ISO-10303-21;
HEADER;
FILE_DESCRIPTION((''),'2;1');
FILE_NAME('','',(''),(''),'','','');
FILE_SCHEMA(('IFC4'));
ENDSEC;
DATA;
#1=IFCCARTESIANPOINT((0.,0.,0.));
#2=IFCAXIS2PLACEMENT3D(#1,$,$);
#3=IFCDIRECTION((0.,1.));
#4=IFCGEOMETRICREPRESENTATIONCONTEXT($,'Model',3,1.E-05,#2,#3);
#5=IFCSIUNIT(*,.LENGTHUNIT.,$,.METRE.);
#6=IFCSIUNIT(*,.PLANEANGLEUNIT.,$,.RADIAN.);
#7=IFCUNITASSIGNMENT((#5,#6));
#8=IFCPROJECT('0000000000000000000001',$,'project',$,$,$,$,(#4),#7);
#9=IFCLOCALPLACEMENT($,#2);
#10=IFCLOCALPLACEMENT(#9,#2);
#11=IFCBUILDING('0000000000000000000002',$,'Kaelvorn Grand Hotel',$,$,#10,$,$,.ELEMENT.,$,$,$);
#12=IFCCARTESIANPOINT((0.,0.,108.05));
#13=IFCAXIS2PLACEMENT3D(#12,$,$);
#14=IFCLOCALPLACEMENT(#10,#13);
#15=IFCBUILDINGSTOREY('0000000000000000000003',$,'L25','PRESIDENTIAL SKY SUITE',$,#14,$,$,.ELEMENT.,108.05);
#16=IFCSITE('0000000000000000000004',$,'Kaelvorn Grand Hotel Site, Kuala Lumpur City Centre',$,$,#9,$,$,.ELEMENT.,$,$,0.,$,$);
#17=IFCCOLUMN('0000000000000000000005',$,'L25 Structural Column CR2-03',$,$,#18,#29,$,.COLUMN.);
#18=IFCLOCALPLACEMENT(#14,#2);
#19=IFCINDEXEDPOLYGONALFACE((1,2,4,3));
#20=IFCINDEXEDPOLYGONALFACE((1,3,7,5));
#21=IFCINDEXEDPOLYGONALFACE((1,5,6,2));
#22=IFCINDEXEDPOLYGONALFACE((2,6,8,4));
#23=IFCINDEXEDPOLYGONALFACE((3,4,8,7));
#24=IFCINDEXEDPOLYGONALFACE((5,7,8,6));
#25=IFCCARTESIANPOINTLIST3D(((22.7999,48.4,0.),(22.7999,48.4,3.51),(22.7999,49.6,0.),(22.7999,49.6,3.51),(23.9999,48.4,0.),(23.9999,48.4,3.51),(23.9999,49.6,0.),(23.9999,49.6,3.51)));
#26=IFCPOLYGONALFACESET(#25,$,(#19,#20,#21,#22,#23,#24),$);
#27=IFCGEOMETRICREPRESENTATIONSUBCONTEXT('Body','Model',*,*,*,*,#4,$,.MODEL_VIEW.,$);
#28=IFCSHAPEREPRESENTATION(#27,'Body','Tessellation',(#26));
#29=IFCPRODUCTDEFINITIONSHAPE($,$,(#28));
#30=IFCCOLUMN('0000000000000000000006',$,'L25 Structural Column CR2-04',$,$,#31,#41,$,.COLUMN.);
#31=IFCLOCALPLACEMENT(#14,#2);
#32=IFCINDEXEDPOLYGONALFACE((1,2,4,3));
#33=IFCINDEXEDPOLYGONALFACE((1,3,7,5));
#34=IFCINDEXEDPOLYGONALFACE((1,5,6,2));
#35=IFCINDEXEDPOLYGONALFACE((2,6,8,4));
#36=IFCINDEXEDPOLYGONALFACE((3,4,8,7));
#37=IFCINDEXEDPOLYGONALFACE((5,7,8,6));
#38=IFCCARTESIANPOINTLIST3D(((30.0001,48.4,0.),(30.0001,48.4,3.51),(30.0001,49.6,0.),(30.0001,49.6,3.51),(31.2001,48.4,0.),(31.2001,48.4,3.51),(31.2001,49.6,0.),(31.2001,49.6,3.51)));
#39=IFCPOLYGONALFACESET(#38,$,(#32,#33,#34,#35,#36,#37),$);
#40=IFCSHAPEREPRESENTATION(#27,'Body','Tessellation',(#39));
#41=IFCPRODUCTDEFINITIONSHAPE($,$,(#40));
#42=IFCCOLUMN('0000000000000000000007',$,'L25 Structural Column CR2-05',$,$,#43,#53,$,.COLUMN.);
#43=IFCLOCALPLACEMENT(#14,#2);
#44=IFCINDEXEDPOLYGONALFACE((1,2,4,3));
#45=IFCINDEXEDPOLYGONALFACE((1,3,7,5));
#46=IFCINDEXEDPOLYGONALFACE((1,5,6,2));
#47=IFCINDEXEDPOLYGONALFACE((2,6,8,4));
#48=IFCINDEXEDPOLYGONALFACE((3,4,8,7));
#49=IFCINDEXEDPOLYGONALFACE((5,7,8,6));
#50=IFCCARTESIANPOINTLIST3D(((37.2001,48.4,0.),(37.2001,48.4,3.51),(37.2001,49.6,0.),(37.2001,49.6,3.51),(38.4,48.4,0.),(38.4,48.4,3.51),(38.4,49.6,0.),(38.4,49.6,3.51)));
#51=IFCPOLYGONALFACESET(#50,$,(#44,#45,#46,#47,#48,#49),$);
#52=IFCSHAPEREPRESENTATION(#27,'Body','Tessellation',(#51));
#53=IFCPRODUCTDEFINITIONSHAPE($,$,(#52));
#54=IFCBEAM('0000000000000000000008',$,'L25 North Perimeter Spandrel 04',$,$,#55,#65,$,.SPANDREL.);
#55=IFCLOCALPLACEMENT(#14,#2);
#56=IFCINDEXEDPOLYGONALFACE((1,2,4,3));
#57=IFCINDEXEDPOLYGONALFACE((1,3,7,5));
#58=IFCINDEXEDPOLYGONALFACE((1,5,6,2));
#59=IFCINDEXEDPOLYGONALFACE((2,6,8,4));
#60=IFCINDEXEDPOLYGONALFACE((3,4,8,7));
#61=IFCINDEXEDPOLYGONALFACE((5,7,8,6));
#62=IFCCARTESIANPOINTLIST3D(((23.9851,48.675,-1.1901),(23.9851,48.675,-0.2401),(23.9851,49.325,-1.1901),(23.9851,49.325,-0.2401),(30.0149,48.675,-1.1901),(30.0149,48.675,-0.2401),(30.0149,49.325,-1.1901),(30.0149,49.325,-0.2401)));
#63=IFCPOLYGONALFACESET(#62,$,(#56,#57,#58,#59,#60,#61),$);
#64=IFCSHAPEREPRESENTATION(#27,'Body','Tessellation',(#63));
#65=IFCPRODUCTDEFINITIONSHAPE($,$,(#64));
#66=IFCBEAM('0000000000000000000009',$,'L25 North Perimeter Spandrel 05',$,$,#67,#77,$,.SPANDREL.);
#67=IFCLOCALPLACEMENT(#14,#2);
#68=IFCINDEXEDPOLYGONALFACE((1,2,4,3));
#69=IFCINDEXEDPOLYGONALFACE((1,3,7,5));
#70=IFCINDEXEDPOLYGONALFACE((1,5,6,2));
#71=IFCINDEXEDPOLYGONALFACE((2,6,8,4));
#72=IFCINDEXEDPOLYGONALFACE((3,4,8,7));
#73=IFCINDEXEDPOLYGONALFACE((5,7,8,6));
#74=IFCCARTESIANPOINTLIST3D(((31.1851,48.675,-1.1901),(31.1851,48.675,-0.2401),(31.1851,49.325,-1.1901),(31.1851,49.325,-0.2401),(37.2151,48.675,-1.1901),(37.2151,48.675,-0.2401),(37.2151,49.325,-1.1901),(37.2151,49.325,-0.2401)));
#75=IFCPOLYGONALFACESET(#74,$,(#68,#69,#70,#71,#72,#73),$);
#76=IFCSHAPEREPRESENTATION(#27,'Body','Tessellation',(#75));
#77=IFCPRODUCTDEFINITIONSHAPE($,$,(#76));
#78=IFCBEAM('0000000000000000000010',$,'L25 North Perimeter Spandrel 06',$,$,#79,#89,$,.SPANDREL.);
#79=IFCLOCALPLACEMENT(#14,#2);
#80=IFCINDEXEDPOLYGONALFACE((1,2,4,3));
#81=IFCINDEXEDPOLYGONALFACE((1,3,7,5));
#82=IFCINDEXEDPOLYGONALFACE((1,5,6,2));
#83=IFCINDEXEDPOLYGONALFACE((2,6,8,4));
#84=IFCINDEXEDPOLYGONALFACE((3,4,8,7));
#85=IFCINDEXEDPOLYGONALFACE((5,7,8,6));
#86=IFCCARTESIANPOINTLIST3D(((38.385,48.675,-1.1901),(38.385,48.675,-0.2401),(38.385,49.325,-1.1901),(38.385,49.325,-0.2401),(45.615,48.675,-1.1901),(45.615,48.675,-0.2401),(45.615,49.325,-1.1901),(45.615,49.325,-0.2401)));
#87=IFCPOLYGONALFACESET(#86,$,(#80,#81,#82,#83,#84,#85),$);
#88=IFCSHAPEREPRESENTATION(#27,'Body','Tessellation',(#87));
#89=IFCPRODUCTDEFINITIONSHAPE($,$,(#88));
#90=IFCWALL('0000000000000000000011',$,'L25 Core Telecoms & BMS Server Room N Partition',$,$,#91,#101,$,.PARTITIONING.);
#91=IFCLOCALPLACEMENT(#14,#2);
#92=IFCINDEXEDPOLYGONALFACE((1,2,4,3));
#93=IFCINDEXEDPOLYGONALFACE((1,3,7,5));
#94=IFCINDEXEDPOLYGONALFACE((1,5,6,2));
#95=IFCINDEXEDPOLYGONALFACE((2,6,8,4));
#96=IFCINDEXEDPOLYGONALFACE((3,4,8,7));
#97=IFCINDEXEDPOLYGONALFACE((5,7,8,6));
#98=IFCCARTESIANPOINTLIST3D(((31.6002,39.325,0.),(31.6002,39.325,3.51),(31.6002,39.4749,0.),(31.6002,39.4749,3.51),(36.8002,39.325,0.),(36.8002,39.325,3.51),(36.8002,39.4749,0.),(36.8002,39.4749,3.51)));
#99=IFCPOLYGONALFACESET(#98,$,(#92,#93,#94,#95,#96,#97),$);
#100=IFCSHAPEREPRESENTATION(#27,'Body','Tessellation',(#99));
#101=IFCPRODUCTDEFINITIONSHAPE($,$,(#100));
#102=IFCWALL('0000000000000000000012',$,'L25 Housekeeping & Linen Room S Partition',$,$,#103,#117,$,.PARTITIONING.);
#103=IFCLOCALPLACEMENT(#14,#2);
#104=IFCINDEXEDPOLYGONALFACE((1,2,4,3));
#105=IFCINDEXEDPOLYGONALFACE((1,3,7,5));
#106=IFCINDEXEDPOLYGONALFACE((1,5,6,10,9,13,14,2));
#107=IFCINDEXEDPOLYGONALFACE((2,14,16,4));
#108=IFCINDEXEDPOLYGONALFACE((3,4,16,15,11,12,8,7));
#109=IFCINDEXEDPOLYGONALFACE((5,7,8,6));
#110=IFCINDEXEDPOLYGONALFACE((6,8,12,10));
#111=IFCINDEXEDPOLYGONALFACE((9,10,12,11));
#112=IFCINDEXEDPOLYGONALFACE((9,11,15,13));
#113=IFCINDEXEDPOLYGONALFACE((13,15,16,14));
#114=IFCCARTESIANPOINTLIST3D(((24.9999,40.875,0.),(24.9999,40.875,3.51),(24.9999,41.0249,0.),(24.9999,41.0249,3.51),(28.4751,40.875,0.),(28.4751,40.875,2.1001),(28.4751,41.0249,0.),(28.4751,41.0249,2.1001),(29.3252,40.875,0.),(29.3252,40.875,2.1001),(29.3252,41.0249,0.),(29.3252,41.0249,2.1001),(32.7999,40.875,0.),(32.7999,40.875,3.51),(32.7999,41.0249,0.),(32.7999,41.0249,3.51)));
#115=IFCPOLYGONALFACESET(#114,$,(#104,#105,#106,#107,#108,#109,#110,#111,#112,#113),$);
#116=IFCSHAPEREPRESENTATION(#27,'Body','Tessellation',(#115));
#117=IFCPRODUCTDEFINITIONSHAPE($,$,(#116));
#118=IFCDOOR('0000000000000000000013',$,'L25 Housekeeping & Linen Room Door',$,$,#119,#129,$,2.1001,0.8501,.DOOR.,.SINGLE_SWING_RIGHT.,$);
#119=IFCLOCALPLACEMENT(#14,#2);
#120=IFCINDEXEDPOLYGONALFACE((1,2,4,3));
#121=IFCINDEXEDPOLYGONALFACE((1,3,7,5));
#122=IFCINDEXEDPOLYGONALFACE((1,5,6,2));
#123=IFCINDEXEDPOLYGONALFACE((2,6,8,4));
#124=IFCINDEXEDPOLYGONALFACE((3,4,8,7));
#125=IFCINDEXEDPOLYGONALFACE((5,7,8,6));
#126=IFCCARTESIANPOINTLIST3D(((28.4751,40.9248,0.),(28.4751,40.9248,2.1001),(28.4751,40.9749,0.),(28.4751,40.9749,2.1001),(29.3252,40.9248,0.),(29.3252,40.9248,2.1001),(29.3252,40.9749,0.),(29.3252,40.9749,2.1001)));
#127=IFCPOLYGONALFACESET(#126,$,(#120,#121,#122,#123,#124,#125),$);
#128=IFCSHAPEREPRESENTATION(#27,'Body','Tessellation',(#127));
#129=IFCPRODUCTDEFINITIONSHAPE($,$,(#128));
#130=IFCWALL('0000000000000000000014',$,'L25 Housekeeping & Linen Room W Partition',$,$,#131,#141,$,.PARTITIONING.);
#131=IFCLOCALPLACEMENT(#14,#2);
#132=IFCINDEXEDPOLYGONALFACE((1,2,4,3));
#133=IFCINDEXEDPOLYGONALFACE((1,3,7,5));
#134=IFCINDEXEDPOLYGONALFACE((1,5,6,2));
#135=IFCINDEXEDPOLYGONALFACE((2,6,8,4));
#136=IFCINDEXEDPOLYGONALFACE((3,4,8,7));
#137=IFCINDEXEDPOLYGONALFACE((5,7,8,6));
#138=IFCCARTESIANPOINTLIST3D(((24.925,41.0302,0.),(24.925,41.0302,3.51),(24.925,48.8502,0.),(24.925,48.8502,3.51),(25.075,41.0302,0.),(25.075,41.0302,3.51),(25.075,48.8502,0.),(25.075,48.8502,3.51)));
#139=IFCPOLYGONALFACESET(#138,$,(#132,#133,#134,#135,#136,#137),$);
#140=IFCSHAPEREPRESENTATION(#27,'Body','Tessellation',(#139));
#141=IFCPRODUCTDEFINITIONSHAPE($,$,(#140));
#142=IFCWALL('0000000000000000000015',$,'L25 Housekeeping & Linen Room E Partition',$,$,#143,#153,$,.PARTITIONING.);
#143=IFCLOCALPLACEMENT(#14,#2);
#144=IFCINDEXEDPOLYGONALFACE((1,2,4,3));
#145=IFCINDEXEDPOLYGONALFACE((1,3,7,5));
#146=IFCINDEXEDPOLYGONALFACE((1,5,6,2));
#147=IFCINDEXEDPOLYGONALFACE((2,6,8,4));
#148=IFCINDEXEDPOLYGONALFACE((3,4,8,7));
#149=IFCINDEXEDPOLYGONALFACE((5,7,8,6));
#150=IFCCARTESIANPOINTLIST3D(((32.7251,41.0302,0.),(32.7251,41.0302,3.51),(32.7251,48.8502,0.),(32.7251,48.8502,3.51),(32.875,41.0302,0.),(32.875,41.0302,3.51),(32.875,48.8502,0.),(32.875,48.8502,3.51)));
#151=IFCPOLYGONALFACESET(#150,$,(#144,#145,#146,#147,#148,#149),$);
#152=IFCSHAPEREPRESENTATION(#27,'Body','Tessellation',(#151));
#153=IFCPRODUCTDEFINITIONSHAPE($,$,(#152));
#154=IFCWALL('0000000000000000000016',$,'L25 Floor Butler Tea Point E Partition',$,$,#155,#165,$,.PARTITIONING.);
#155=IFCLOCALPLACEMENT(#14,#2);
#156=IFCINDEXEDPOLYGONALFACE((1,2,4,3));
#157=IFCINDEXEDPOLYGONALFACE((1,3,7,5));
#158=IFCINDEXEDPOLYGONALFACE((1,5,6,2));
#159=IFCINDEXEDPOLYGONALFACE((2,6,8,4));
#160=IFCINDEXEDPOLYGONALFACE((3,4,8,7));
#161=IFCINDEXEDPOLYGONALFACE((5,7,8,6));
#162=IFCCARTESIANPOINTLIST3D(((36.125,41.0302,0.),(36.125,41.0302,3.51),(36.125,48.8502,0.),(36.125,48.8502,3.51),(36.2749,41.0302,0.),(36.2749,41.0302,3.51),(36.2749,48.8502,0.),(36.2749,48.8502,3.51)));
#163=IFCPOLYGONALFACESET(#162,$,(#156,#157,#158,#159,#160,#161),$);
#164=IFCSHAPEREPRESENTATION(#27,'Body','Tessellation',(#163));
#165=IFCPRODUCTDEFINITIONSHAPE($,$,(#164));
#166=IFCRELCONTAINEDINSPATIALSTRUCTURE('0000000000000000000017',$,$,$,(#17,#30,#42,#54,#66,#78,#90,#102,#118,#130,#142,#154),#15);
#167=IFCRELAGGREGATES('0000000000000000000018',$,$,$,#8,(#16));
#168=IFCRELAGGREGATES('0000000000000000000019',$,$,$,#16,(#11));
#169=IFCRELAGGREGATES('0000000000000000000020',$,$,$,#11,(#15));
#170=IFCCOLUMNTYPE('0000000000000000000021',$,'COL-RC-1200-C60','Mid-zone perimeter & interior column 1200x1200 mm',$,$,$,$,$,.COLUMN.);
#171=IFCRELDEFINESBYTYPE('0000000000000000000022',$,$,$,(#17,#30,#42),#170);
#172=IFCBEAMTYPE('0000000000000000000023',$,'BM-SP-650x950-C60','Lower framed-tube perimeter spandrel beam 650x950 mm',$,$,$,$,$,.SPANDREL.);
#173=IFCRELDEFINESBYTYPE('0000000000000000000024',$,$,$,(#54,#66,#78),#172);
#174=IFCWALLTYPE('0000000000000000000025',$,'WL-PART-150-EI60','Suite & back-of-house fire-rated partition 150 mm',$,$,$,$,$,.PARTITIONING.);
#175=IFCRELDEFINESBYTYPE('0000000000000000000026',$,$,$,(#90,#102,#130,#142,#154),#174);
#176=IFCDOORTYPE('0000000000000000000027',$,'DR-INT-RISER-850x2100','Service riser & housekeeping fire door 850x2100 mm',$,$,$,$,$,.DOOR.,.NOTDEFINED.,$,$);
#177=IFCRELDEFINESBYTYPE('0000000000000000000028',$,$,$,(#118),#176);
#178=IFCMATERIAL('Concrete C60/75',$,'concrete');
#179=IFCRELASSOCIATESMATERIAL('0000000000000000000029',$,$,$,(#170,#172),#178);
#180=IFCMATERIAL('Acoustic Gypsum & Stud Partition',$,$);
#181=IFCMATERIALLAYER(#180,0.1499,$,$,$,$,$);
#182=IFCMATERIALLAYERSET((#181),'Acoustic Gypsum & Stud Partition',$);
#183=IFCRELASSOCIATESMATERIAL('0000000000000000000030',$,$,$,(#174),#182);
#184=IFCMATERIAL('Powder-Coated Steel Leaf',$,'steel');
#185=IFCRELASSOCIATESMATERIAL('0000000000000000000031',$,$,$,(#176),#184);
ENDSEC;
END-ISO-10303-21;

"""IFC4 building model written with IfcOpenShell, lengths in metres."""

from ifc_helpers import new_model, si_unit, direction, frame, frame_2d, origin, origin_2d, place, context, subcontext, project, spatial, rectangle, extrude, material, layer, layer_set, material_profile, profile_set, type_object, element, fill, save


model = new_model("IFC4")

# Units and contexts
model_context = context("Model", 3, precision=1e-05, world=origin(), true_north=direction((0.0, 1.0)))
body_context = subcontext(model_context, "Body", "Model", "MODEL_VIEW")
ifc_project = project(units=[si_unit("LENGTHUNIT", "METRE"), si_unit("PLANEANGLEUNIT", "RADIAN")], contexts=[model_context])

# Site, building, storey
site_placement = place(None, origin())
site = spatial("IfcSite", under=ifc_project, at=site_placement, Name="Kaelvorn Grand Hotel Site, Kuala Lumpur City Centre", CompositionType="ELEMENT", RefElevation=0.0)
building_placement = place(site_placement, origin())
building = spatial("IfcBuilding", under=site, at=building_placement, Name="Kaelvorn Grand Hotel", CompositionType="ELEMENT")
storey_placement = place(building_placement, frame((0.0, 0.0, 108.05)))
storey = spatial("IfcBuildingStorey", under=building, at=storey_placement, Name="L25", Description="PRESIDENTIAL SKY SUITE", CompositionType="ELEMENT", Elevation=108.05)

# Columns
ifc_material_1 = material(Name="Concrete C60/75", Category="concrete")
ifc_material_profile_1 = material_profile(ifc_material_1, rectangle(XDim=1.2, YDim=1.2, at=origin_2d()), Name="RC COL 1200x1200")
ifc_profile_set_1 = profile_set([ifc_material_profile_1], Name="Concrete C60/75")
column_type = type_object("IfcColumnType", Name="COL-RC-1200-C60", Description="Mid-zone perimeter & interior column 1200x1200 mm", PredefinedType="COLUMN", material=ifc_profile_set_1)
for number, where, z_axis, x_axis, name in (
    (1, (23.3999, 49.0, 0.0), (0.0, 0.0, 1.0), (1.0, 0.0, 0.0), "L25 Structural Column CR2-03"),
    (2, (30.6001, 49.0, 0.0), (0.0, 0.0, 1.0), (1.0, 0.0, 0.0), "L25 Structural Column CR2-04"),
    (3, (37.8, 49.0, 0.0), (0.0, 0.0, 1.0), (1.0, 0.0, 0.0), "L25 Structural Column CR2-05"),
):
    element("IfcColumn", number, at=place(storey_placement, frame(where, z_axis=z_axis, x_axis=x_axis)), inside=storey, type_object=column_type, Name=name, PredefinedType="COLUMN", context=body_context, shape_type="SweptSolid", body=[
        extrude(rectangle(XDim=1.2, YDim=1.2, at=origin_2d()), origin(), (0.0, 0.0, 1.0), 3.51),
    ])

# Beams
ifc_material_profile_2 = material_profile(ifc_material_1, rectangle(XDim=0.6499, YDim=0.95, at=origin_2d()), Name="RC SPANDREL 650x950")
ifc_profile_set_2 = profile_set([ifc_material_profile_2], Name="Concrete C60/75")
beam_type = type_object("IfcBeamType", Name="BM-SP-650x950-C60", Description="Lower framed-tube perimeter spandrel beam 650x950 mm", PredefinedType="SPANDREL", material=ifc_profile_set_2)
beam_1_placement = place(storey_placement, frame((23.9851, 49.0, -0.7151), z_axis=(1.0, 0.0, 0.0), x_axis=(0.0, 1.0, 0.0)))
element("IfcBeam", 4, at=beam_1_placement, inside=storey, type_object=beam_type, Name="L25 North Perimeter Spandrel 04", PredefinedType="SPANDREL", context=body_context, shape_type="SweptSolid", body=[
    extrude(rectangle(XDim=0.6499, YDim=0.95, at=origin_2d()), origin(), (0.0, 0.0, 1.0), 6.0298),
])
beam_2_placement = place(storey_placement, frame((31.1851, 49.0, -0.7151), z_axis=(1.0, 0.0, 0.0), x_axis=(0.0, 1.0, 0.0)))
element("IfcBeam", 5, at=beam_2_placement, inside=storey, type_object=beam_type, Name="L25 North Perimeter Spandrel 05", PredefinedType="SPANDREL", context=body_context, shape_type="SweptSolid", body=[
    extrude(rectangle(XDim=0.6499, YDim=0.95, at=origin_2d()), origin(), (0.0, 0.0, 1.0), 6.03),
])
beam_3_placement = place(storey_placement, frame((38.385, 49.0, -0.7151), z_axis=(1.0, 0.0, 0.0), x_axis=(0.0, 1.0, 0.0)))
element("IfcBeam", 6, at=beam_3_placement, inside=storey, type_object=beam_type, Name="L25 North Perimeter Spandrel 06", PredefinedType="SPANDREL", context=body_context, shape_type="SweptSolid", body=[
    extrude(rectangle(XDim=0.6499, YDim=0.95, at=origin_2d()), origin(), (0.0, 0.0, 1.0), 7.23),
])

# Wall
ifc_material_2 = material(Name="Acoustic Gypsum & Stud Partition")
ifc_layer_1 = layer(ifc_material_2, 0.1499)
ifc_layer_set_1 = layer_set([ifc_layer_1], Name="Acoustic Gypsum & Stud Partition")
wall_type_1 = type_object("IfcWallType", Name="WL-PART-150-EI60", Description="Suite & back-of-house fire-rated partition 150 mm", PredefinedType="PARTITIONING", material=ifc_layer_set_1)
wall_1_placement = place(storey_placement, frame((31.6001, 39.3999, 0.0), z_axis=(0.0, 0.0, 1.0), x_axis=(1.0, 0.0, 0.0)))
element("IfcWall", 7, at=wall_1_placement, inside=storey, type_object=wall_type_1, Name="L25 Core Telecoms & BMS Server Room N Partition", PredefinedType="PARTITIONING", context=body_context, shape_type="SweptSolid", body=[
    extrude(rectangle(XDim=5.2, YDim=0.1499, at=frame_2d((2.6001, 0.0))), origin(), (0.0, 0.0, 1.0), 3.51),
])

# Wall, opening, door
wall_2_placement = place(storey_placement, frame((25.0, 40.95, 0.0), z_axis=(0.0, 0.0, 1.0), x_axis=(1.0, 0.0, 0.0)))
wall_2 = element("IfcWall", 8, at=wall_2_placement, inside=storey, type_object=wall_type_1, Name="L25 Housekeeping & Linen Room S Partition", PredefinedType="PARTITIONING", context=body_context, shape_type="SweptSolid", body=[
    extrude(rectangle(XDim=7.8, YDim=0.1499, at=frame_2d((3.8999, 0.0))), origin(), (0.0, 0.0, 1.0), 3.51),
])
opening_1_placement = place(wall_2_placement, frame((3.4751, 0.0, 0.0)))
opening_1 = element("IfcOpeningElement", 9, at=opening_1_placement, cuts=wall_2, PredefinedType="OPENING", context=body_context, shape_type="SweptSolid", body=[
    extrude(rectangle(XDim=0.8501, YDim=2.1001, at=frame_2d((0.425, 1.05))), frame((0.0, 0.085, 0.0), z_axis=(0.0, -1.0, 0.0), x_axis=(1.0, 0.0, 0.0)), (0.0, 0.0, 1.0), 0.1699),
])
ifc_material_3 = material(Name="Powder-Coated Steel Leaf", Category="steel")
door_type_1 = type_object("IfcDoorType", Name="DR-INT-RISER-850x2100", Description="Service riser & housekeeping fire door 850x2100 mm", OperationType="NOTDEFINED", PredefinedType="DOOR", material=ifc_material_3)
door_1_placement = place(opening_1_placement, origin())
door_1 = element("IfcDoor", 10, at=door_1_placement, inside=storey, type_object=door_type_1, Name="L25 Housekeeping & Linen Room Door", OperationType="SINGLE_SWING_RIGHT", OverallHeight=2.1001, OverallWidth=0.8501, PredefinedType="DOOR", context=body_context, shape_type="SweptSolid", body=[
    extrude(rectangle(XDim=0.8501, YDim=2.1001, at=frame_2d((0.425, 1.05))), frame((0.0, 0.0249, 0.0), z_axis=(0.0, -1.0, 0.0), x_axis=(1.0, 0.0, 0.0)), (0.0, 0.0, 1.0), 0.05),
])
fill(opening_1, door_1)

# Walls
for number, where, z_axis, x_axis, name in (
    (11, (25.0, 41.03, 0.0), (0.0, 0.0, 1.0), (0.0, 1.0, 0.0), "L25 Housekeeping & Linen Room W Partition"),
    (12, (32.8, 41.03, 0.0), (0.0, 0.0, 1.0), (0.0, 1.0, 0.0), "L25 Housekeeping & Linen Room E Partition"),
):
    element("IfcWall", number, at=place(storey_placement, frame(where, z_axis=z_axis, x_axis=x_axis)), inside=storey, type_object=wall_type_1, Name=name, PredefinedType="PARTITIONING", context=body_context, shape_type="SweptSolid", body=[
        extrude(rectangle(XDim=7.8201, YDim=0.1499, at=frame_2d((3.9102, 0.0))), origin(), (0.0, 0.0, 1.0), 3.51),
    ])

# Wall
wall_3_placement = place(storey_placement, frame((36.2, 41.03, 0.0), z_axis=(0.0, 0.0, 1.0), x_axis=(0.0, 1.0, 0.0)))
element("IfcWall", 13, at=wall_3_placement, inside=storey, type_object=wall_type_1, Name="L25 Floor Butler Tea Point E Partition", PredefinedType="PARTITIONING", context=body_context, shape_type="SweptSolid", body=[
    extrude(rectangle(XDim=7.8201, YDim=0.1499, at=frame_2d((3.9102, 0.0))), origin(), (0.0, 0.0, 1.0), 3.51),
])

save(model, "model.ifc")
